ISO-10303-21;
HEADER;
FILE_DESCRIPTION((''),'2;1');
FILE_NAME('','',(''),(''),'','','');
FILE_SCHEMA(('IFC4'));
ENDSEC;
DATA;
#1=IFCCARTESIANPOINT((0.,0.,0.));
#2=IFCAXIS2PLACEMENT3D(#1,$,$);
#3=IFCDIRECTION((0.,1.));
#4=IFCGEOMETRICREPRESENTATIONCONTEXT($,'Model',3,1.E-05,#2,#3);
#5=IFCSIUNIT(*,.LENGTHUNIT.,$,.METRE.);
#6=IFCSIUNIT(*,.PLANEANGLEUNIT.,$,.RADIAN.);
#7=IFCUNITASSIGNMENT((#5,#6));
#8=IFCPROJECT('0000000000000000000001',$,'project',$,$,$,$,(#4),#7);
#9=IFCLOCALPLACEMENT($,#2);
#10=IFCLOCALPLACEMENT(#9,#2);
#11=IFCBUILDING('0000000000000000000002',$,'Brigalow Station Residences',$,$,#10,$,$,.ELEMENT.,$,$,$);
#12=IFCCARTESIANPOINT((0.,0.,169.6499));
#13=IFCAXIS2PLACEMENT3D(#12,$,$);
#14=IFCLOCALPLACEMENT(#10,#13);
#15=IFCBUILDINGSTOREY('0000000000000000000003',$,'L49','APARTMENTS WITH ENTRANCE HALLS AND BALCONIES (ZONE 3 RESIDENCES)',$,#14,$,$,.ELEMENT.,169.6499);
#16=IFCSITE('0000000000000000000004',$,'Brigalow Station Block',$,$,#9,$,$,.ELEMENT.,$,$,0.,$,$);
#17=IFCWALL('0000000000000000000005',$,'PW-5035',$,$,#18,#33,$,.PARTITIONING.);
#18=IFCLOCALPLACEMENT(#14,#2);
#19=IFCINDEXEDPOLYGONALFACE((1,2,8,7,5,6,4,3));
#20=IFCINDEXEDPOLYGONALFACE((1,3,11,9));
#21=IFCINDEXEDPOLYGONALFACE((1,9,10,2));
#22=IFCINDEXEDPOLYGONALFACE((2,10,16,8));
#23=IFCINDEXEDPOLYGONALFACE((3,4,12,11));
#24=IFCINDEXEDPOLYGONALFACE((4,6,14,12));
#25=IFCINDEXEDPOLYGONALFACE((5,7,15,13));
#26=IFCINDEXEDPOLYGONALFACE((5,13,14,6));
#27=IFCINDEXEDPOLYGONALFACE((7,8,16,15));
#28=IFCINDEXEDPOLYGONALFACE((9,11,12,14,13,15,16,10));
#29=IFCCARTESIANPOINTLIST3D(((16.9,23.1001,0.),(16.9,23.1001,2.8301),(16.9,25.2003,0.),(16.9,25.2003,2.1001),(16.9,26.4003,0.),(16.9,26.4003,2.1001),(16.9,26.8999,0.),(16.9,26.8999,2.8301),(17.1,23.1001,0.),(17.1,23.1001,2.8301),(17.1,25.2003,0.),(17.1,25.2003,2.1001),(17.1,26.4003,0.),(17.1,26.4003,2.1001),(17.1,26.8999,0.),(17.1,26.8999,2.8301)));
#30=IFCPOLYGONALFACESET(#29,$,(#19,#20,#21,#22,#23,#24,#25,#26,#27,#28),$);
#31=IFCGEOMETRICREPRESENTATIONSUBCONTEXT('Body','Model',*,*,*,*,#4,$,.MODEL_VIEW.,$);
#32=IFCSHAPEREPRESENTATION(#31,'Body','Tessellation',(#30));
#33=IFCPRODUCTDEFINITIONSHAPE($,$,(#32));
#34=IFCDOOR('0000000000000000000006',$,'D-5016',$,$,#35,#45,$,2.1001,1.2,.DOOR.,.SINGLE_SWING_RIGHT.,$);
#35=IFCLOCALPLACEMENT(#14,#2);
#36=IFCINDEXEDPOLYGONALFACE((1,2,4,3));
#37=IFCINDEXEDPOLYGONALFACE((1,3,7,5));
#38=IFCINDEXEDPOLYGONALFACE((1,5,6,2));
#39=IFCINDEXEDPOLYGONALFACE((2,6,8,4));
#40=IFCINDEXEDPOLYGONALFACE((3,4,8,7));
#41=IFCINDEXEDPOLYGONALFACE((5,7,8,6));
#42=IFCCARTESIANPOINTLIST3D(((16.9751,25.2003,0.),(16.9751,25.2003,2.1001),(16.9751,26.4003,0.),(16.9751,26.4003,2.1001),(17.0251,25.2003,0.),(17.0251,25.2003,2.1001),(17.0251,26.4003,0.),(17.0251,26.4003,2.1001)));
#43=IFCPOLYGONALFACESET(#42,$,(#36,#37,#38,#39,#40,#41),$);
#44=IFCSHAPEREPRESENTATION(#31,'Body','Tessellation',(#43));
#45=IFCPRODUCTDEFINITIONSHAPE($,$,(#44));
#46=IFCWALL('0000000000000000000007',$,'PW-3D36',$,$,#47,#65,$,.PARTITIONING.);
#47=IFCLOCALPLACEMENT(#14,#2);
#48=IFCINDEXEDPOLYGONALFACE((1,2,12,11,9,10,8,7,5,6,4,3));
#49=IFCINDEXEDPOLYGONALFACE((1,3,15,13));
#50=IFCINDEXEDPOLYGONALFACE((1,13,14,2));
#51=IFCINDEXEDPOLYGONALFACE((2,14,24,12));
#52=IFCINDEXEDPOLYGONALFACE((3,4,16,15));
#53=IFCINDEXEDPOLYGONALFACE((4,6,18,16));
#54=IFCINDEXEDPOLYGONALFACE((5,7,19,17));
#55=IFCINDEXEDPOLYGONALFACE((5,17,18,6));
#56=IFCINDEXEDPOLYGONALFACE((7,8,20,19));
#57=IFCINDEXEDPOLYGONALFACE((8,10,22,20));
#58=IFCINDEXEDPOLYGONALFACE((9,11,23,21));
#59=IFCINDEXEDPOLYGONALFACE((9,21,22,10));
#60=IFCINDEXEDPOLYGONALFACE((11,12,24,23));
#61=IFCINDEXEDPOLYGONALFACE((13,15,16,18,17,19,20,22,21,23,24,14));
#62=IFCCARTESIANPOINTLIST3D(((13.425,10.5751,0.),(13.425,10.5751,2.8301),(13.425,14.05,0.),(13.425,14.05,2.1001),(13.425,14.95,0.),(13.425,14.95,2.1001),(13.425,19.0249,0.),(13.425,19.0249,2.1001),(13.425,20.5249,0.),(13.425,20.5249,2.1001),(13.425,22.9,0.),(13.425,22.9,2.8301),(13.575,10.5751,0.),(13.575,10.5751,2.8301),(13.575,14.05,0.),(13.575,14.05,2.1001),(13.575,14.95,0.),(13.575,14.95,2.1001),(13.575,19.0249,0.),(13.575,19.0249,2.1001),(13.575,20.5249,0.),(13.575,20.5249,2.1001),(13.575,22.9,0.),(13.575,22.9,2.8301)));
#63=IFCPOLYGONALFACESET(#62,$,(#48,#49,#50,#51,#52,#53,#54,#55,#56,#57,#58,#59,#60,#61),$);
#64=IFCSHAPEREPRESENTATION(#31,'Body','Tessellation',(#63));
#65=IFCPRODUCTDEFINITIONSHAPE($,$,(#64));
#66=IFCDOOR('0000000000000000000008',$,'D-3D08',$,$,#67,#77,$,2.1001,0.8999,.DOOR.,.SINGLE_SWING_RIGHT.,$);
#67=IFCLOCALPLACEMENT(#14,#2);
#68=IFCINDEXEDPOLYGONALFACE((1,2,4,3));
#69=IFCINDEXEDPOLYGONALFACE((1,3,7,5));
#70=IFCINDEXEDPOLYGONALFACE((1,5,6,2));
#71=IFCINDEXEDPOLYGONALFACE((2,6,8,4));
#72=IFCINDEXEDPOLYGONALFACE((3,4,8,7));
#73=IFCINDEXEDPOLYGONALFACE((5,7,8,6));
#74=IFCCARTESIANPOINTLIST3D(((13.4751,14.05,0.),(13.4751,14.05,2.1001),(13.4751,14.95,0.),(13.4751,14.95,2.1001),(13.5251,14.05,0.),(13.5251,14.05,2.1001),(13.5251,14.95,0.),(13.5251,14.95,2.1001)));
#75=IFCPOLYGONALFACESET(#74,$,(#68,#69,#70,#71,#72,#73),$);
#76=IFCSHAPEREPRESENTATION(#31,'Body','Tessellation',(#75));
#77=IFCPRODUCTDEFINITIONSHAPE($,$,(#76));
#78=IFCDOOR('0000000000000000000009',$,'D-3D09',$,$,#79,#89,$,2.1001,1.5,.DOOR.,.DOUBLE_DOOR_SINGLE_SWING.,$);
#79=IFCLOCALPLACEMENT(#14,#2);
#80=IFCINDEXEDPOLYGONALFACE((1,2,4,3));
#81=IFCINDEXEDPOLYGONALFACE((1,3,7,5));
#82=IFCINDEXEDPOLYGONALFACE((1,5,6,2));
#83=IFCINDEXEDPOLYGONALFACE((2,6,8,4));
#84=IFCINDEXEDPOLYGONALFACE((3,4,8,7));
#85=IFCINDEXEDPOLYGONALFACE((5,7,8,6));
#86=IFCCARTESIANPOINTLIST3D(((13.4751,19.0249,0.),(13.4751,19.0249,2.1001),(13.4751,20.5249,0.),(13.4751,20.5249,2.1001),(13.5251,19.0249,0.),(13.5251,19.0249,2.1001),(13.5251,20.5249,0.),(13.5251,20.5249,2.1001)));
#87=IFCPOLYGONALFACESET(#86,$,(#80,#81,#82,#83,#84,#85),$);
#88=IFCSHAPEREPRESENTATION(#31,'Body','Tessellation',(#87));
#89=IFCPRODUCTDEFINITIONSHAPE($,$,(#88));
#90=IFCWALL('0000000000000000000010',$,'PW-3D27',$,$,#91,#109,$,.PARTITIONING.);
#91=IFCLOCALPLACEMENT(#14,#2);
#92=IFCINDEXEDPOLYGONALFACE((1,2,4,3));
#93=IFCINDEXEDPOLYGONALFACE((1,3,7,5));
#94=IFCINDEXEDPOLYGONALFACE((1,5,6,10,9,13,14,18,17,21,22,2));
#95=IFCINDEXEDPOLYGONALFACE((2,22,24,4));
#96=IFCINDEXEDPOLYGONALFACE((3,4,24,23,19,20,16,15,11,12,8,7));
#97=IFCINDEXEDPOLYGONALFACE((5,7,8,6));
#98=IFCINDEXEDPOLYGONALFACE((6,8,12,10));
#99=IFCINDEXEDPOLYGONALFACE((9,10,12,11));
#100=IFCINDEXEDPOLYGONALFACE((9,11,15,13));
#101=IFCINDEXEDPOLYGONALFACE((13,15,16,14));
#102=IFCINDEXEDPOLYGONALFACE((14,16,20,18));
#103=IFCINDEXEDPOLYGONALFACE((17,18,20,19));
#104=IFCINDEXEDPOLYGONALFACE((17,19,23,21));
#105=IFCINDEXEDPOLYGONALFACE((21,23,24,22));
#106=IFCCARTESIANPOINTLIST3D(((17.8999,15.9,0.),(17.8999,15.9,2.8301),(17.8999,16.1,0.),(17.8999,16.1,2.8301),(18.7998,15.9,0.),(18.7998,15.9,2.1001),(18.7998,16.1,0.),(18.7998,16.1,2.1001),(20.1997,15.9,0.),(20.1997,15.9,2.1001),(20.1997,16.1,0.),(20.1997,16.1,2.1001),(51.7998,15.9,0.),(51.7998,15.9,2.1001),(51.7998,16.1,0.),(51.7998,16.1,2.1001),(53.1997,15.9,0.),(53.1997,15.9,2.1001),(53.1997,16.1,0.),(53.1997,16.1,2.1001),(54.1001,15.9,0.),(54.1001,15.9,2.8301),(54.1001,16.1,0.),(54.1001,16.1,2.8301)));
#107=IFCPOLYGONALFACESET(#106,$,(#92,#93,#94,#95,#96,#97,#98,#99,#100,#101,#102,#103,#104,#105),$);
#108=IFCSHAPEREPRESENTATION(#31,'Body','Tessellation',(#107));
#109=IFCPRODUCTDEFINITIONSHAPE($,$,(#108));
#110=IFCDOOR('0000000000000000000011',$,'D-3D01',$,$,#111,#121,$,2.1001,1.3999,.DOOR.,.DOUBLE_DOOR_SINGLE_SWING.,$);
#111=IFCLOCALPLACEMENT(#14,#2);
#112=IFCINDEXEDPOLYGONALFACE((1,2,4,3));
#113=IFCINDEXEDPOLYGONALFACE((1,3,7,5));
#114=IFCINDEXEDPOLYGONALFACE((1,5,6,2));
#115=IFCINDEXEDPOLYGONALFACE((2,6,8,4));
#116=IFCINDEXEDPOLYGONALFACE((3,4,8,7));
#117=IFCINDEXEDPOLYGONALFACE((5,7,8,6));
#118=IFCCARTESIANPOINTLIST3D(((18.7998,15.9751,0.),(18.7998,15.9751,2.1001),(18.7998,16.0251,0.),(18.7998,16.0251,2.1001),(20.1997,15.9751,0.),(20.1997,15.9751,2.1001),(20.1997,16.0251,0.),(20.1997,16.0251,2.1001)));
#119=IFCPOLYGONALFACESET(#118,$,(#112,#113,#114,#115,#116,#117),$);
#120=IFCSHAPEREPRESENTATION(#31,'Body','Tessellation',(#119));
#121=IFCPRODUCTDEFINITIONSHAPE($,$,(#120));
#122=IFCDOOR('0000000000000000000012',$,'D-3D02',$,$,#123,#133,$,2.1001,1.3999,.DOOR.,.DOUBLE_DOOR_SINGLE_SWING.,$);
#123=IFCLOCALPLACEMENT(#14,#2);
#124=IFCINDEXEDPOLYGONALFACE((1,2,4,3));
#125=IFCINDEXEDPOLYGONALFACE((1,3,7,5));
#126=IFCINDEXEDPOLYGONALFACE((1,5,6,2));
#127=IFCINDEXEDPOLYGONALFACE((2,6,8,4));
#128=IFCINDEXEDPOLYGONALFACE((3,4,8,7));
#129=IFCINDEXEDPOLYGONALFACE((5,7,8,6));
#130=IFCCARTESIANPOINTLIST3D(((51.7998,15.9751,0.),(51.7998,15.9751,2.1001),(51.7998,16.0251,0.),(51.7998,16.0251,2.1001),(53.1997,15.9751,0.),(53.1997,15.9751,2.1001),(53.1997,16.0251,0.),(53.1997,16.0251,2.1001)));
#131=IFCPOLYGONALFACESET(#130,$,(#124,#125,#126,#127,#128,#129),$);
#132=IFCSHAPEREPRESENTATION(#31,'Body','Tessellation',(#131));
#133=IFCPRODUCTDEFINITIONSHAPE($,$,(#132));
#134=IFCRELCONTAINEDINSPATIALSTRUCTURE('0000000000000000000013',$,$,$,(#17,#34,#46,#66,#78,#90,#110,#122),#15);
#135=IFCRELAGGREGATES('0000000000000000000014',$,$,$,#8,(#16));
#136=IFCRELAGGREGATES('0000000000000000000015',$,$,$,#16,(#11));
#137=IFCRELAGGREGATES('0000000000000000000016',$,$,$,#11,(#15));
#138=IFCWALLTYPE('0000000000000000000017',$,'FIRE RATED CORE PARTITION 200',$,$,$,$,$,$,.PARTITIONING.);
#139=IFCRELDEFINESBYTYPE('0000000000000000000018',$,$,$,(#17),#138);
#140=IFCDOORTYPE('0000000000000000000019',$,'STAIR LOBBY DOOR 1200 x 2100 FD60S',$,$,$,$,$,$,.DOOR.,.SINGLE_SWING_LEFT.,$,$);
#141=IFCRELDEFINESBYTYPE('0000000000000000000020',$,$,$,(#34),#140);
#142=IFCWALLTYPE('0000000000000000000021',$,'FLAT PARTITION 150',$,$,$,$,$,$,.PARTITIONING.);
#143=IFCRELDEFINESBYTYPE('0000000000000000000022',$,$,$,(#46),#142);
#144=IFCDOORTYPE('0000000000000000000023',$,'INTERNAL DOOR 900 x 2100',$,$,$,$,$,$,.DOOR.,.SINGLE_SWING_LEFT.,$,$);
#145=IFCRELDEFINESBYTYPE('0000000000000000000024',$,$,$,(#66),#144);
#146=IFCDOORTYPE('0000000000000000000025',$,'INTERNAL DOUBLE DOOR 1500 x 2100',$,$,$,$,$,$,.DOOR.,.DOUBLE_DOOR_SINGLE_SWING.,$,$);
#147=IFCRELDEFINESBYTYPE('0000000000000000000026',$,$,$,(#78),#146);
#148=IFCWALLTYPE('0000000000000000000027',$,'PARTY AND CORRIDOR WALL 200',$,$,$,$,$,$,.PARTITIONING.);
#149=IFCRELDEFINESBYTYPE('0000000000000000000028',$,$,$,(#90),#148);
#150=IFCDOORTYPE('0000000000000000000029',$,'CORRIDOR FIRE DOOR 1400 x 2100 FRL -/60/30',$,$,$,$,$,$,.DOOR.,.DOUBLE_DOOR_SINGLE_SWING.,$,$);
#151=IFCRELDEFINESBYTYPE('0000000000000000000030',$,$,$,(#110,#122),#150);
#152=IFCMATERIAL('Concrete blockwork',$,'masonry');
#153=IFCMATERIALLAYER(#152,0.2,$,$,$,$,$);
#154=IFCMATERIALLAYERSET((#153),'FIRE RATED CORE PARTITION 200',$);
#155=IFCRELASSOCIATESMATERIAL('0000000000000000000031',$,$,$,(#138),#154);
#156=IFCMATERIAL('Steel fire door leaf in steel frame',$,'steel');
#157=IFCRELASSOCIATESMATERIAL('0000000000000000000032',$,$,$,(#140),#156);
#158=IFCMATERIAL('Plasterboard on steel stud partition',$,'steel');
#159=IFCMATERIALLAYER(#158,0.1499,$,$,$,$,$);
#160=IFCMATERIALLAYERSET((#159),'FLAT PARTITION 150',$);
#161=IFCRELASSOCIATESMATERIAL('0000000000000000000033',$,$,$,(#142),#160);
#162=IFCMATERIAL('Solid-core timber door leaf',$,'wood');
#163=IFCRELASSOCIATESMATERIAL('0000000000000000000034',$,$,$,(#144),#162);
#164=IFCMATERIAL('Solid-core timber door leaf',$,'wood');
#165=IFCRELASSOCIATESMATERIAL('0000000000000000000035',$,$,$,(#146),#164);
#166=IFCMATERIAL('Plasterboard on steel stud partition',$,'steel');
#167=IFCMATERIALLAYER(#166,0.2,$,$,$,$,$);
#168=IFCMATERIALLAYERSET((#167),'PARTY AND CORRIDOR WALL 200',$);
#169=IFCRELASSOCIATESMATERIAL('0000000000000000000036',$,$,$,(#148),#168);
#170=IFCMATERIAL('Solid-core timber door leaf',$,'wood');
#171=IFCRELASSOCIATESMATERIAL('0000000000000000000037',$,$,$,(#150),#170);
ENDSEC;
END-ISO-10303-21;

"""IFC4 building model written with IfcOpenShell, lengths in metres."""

from ifc_helpers import new_model, si_unit, direction, frame, frame_2d, origin, place, context, subcontext, project, spatial, rectangle, extrude, material, layer, layer_set, type_object, element, fill, save


model = new_model("IFC4")

# Units and contexts
model_context = context("Model", 3, precision=1e-05, world=origin(), true_north=direction((0.0, 1.0)))
body_context = subcontext(model_context, "Body", "Model", "MODEL_VIEW")
ifc_project = project(units=[si_unit("LENGTHUNIT", "METRE"), si_unit("PLANEANGLEUNIT", "RADIAN")], contexts=[model_context])

# Site, building, storey
site_placement = place(None, origin())
site = spatial("IfcSite", under=ifc_project, at=site_placement, Name="Brigalow Station Block", CompositionType="ELEMENT", RefElevation=0.0)
building_placement = place(site_placement, origin())
building = spatial("IfcBuilding", under=site, at=building_placement, Name="Brigalow Station Residences", CompositionType="ELEMENT")
storey_placement = place(building_placement, frame((0.0, 0.0, 169.6499)))
storey = spatial("IfcBuildingStorey", under=building, at=storey_placement, Name="L49", Description="APARTMENTS WITH ENTRANCE HALLS AND BALCONIES (ZONE 3 RESIDENCES)", CompositionType="ELEMENT", Elevation=169.6499)

# Shared definitions
ifc_material_1 = material(Name="Concrete blockwork", Category="masonry")
ifc_layer_1 = layer(ifc_material_1, 0.2)
ifc_layer_set_1 = layer_set([ifc_layer_1], Name="FIRE RATED CORE PARTITION 200")
wall_type_1 = type_object("IfcWallType", Name="FIRE RATED CORE PARTITION 200", PredefinedType="PARTITIONING", material=ifc_layer_set_1)

# Wall, opening, door
wall_1_placement = place(storey_placement, frame((17.0, 23.1001, 0.0), z_axis=(0.0, 0.0, 1.0), x_axis=(0.0, 1.0, 0.0)))
wall_1 = element("IfcWall", 1, at=wall_1_placement, inside=storey, type_object=wall_type_1, Name="PW-5035", PredefinedType="PARTITIONING", context=body_context, shape_type="SweptSolid", body=[
    extrude(rectangle(XDim=3.7998, YDim=0.2, at=frame_2d((1.8999, 0.0))), origin(), (0.0, 0.0, 1.0), 2.8301),
])
opening_1_placement = place(wall_1_placement, frame((2.1001, 0.0, 0.0)))
opening_1 = element("IfcOpeningElement", 2, at=opening_1_placement, cuts=wall_1, PredefinedType="OPENING", context=body_context, shape_type="SweptSolid", body=[
    extrude(rectangle(XDim=1.2, YDim=2.1001, at=frame_2d((0.6001, 1.05))), frame((0.0, 0.1099, 0.0), z_axis=(0.0, -1.0, 0.0), x_axis=(1.0, 0.0, 0.0)), (0.0, 0.0, 1.0), 0.22),
])
ifc_material_2 = material(Name="Steel fire door leaf in steel frame", Category="steel")
door_type_1 = type_object("IfcDoorType", Name="STAIR LOBBY DOOR 1200 x 2100 FD60S", OperationType="SINGLE_SWING_LEFT", PredefinedType="DOOR", material=ifc_material_2)
door_1_placement = place(opening_1_placement, origin())
door_1 = element("IfcDoor", 3, at=door_1_placement, inside=storey, type_object=door_type_1, Name="D-5016", OperationType="SINGLE_SWING_RIGHT", OverallHeight=2.1001, OverallWidth=1.2, PredefinedType="DOOR", context=body_context, shape_type="SweptSolid", body=[
    extrude(rectangle(XDim=1.2, YDim=2.1001, at=frame_2d((0.6001, 1.05))), frame((0.0, 0.0249, 0.0), z_axis=(0.0, -1.0, 0.0), x_axis=(1.0, 0.0, 0.0)), (0.0, 0.0, 1.0), 0.05),
])
fill(opening_1, door_1)

# Walls, openings, doors
ifc_material_3 = material(Name="Plasterboard on steel stud partition", Category="steel")
ifc_layer_2 = layer(ifc_material_3, 0.1499)
ifc_layer_set_2 = layer_set([ifc_layer_2], Name="FLAT PARTITION 150")
wall_type_2 = type_object("IfcWallType", Name="FLAT PARTITION 150", PredefinedType="PARTITIONING", material=ifc_layer_set_2)
wall_2_placement = place(storey_placement, frame((13.5, 10.575, 0.0), z_axis=(0.0, 0.0, 1.0), x_axis=(0.0, 1.0, 0.0)))
wall_2 = element("IfcWall", 4, at=wall_2_placement, inside=storey, type_object=wall_type_2, Name="PW-3D36", PredefinedType="PARTITIONING", context=body_context, shape_type="SweptSolid", body=[
    extrude(rectangle(XDim=12.325, YDim=0.1499, at=frame_2d((6.1626, 0.0))), origin(), (0.0, 0.0, 1.0), 2.8301),
])
opening_2_placement = place(wall_2_placement, frame((3.4751, 0.0, 0.0)))
opening_2 = element("IfcOpeningElement", 5, at=opening_2_placement, cuts=wall_2, PredefinedType="OPENING", context=body_context, shape_type="SweptSolid", body=[
    extrude(rectangle(XDim=0.8999, YDim=2.1001, at=frame_2d((0.45, 1.05))), frame((0.0, 0.085, 0.0), z_axis=(0.0, -1.0, 0.0), x_axis=(1.0, 0.0, 0.0)), (0.0, 0.0, 1.0), 0.1699),
])
opening_3_placement = place(wall_2_placement, frame((8.45, 0.0, 0.0)))
opening_3 = element("IfcOpeningElement", 6, at=opening_3_placement, cuts=wall_2, PredefinedType="OPENING", context=body_context, shape_type="SweptSolid", body=[
    extrude(rectangle(XDim=1.5, YDim=2.1001, at=frame_2d((0.75, 1.05))), frame((0.0, 0.085, 0.0), z_axis=(0.0, -1.0, 0.0), x_axis=(1.0, 0.0, 0.0)), (0.0, 0.0, 1.0), 0.1699),
])
ifc_material_4 = material(Name="Solid-core timber door leaf", Category="wood")
door_type_2 = type_object("IfcDoorType", Name="INTERNAL DOOR 900 x 2100", OperationType="SINGLE_SWING_LEFT", PredefinedType="DOOR", material=ifc_material_4)
door_2_placement = place(opening_2_placement, origin())
door_2 = element("IfcDoor", 7, at=door_2_placement, inside=storey, type_object=door_type_2, Name="D-3D08", OperationType="SINGLE_SWING_RIGHT", OverallHeight=2.1001, OverallWidth=0.8999, PredefinedType="DOOR", context=body_context, shape_type="SweptSolid", body=[
    extrude(rectangle(XDim=0.8999, YDim=2.1001, at=frame_2d((0.45, 1.05))), frame((0.0, 0.0249, 0.0), z_axis=(0.0, -1.0, 0.0), x_axis=(1.0, 0.0, 0.0)), (0.0, 0.0, 1.0), 0.05),
])
fill(opening_2, door_2)
ifc_material_5 = material(Name="Solid-core timber door leaf", Category="wood")
door_type_3 = type_object("IfcDoorType", Name="INTERNAL DOUBLE DOOR 1500 x 2100", OperationType="DOUBLE_DOOR_SINGLE_SWING", PredefinedType="DOOR", material=ifc_material_5)
door_3_placement = place(opening_3_placement, origin())
door_3 = element("IfcDoor", 8, at=door_3_placement, inside=storey, type_object=door_type_3, Name="D-3D09", OperationType="DOUBLE_DOOR_SINGLE_SWING", OverallHeight=2.1001, OverallWidth=1.5, PredefinedType="DOOR", context=body_context, shape_type="SweptSolid", body=[
    extrude(rectangle(XDim=1.5, YDim=2.1001, at=frame_2d((0.75, 1.05))), frame((0.0, 0.0249, 0.0), z_axis=(0.0, -1.0, 0.0), x_axis=(1.0, 0.0, 0.0)), (0.0, 0.0, 1.0), 0.05),
])
fill(opening_3, door_3)
ifc_material_6 = material(Name="Plasterboard on steel stud partition", Category="steel")
ifc_layer_3 = layer(ifc_material_6, 0.2)
ifc_layer_set_3 = layer_set([ifc_layer_3], Name="PARTY AND CORRIDOR WALL 200")
wall_type_3 = type_object("IfcWallType", Name="PARTY AND CORRIDOR WALL 200", PredefinedType="PARTITIONING", material=ifc_layer_set_3)
wall_3_placement = place(storey_placement, frame((17.8999, 16.0, 0.0), z_axis=(0.0, 0.0, 1.0), x_axis=(1.0, 0.0, 0.0)))
wall_3 = element("IfcWall", 9, at=wall_3_placement, inside=storey, type_object=wall_type_3, Name="PW-3D27", PredefinedType="PARTITIONING", context=body_context, shape_type="SweptSolid", body=[
    extrude(rectangle(XDim=36.2002, YDim=0.2, at=frame_2d((18.1001, 0.0))), origin(), (0.0, 0.0, 1.0), 2.8301),
])
opening_4_placement = place(wall_3_placement, frame((0.8999, 0.0, 0.0)))
opening_4 = element("IfcOpeningElement", 10, at=opening_4_placement, cuts=wall_3, PredefinedType="OPENING", context=body_context, shape_type="SweptSolid", body=[
    extrude(rectangle(XDim=1.3999, YDim=2.1001, at=frame_2d((0.7, 1.05))), frame((0.0, 0.1099, 0.0), z_axis=(0.0, -1.0, 0.0), x_axis=(1.0, 0.0, 0.0)), (0.0, 0.0, 1.0), 0.22),
])
opening_5_placement = place(wall_3_placement, frame((33.8999, 0.0, 0.0)))
opening_5 = element("IfcOpeningElement", 11, at=opening_5_placement, cuts=wall_3, PredefinedType="OPENING", context=body_context, shape_type="SweptSolid", body=[
    extrude(rectangle(XDim=1.3999, YDim=2.1001, at=frame_2d((0.7, 1.05))), frame((0.0, 0.1099, 0.0), z_axis=(0.0, -1.0, 0.0), x_axis=(1.0, 0.0, 0.0)), (0.0, 0.0, 1.0), 0.22),
])
ifc_material_7 = material(Name="Solid-core timber door leaf", Category="wood")
door_type_4 = type_object("IfcDoorType", Name="CORRIDOR FIRE DOOR 1400 x 2100 FRL -/60/30", OperationType="DOUBLE_DOOR_SINGLE_SWING", PredefinedType="DOOR", material=ifc_material_7)
door_4_placement = place(opening_4_placement, frame((1.3999, 0.0, 0.0), z_axis=(0.0, 0.0, 1.0), x_axis=(-1.0, 0.0, 0.0)))
door_4 = element("IfcDoor", 12, at=door_4_placement, inside=storey, type_object=door_type_4, Name="D-3D01", OperationType="DOUBLE_DOOR_SINGLE_SWING", OverallHeight=2.1001, OverallWidth=1.3999, PredefinedType="DOOR", context=body_context, shape_type="SweptSolid", body=[
    extrude(rectangle(XDim=1.3999, YDim=2.1001, at=frame_2d((0.7, 1.05))), frame((0.0, 0.0249, 0.0), z_axis=(0.0, -1.0, 0.0), x_axis=(1.0, 0.0, 0.0)), (0.0, 0.0, 1.0), 0.05),
])
fill(opening_4, door_4)
door_5_placement = place(opening_5_placement, frame((1.3999, 0.0, 0.0), z_axis=(0.0, 0.0, 1.0), x_axis=(-1.0, 0.0, 0.0)))
door_5 = element("IfcDoor", 13, at=door_5_placement, inside=storey, type_object=door_type_4, Name="D-3D02", OperationType="DOUBLE_DOOR_SINGLE_SWING", OverallHeight=2.1001, OverallWidth=1.3999, PredefinedType="DOOR", context=body_context, shape_type="SweptSolid", body=[
    extrude(rectangle(XDim=1.3999, YDim=2.1001, at=frame_2d((0.7, 1.05))), frame((0.0, 0.0249, 0.0), z_axis=(0.0, -1.0, 0.0), x_axis=(1.0, 0.0, 0.0)), (0.0, 0.0, 1.0), 0.05),
])
fill(opening_5, door_5)

save(model, "model.ifc")
